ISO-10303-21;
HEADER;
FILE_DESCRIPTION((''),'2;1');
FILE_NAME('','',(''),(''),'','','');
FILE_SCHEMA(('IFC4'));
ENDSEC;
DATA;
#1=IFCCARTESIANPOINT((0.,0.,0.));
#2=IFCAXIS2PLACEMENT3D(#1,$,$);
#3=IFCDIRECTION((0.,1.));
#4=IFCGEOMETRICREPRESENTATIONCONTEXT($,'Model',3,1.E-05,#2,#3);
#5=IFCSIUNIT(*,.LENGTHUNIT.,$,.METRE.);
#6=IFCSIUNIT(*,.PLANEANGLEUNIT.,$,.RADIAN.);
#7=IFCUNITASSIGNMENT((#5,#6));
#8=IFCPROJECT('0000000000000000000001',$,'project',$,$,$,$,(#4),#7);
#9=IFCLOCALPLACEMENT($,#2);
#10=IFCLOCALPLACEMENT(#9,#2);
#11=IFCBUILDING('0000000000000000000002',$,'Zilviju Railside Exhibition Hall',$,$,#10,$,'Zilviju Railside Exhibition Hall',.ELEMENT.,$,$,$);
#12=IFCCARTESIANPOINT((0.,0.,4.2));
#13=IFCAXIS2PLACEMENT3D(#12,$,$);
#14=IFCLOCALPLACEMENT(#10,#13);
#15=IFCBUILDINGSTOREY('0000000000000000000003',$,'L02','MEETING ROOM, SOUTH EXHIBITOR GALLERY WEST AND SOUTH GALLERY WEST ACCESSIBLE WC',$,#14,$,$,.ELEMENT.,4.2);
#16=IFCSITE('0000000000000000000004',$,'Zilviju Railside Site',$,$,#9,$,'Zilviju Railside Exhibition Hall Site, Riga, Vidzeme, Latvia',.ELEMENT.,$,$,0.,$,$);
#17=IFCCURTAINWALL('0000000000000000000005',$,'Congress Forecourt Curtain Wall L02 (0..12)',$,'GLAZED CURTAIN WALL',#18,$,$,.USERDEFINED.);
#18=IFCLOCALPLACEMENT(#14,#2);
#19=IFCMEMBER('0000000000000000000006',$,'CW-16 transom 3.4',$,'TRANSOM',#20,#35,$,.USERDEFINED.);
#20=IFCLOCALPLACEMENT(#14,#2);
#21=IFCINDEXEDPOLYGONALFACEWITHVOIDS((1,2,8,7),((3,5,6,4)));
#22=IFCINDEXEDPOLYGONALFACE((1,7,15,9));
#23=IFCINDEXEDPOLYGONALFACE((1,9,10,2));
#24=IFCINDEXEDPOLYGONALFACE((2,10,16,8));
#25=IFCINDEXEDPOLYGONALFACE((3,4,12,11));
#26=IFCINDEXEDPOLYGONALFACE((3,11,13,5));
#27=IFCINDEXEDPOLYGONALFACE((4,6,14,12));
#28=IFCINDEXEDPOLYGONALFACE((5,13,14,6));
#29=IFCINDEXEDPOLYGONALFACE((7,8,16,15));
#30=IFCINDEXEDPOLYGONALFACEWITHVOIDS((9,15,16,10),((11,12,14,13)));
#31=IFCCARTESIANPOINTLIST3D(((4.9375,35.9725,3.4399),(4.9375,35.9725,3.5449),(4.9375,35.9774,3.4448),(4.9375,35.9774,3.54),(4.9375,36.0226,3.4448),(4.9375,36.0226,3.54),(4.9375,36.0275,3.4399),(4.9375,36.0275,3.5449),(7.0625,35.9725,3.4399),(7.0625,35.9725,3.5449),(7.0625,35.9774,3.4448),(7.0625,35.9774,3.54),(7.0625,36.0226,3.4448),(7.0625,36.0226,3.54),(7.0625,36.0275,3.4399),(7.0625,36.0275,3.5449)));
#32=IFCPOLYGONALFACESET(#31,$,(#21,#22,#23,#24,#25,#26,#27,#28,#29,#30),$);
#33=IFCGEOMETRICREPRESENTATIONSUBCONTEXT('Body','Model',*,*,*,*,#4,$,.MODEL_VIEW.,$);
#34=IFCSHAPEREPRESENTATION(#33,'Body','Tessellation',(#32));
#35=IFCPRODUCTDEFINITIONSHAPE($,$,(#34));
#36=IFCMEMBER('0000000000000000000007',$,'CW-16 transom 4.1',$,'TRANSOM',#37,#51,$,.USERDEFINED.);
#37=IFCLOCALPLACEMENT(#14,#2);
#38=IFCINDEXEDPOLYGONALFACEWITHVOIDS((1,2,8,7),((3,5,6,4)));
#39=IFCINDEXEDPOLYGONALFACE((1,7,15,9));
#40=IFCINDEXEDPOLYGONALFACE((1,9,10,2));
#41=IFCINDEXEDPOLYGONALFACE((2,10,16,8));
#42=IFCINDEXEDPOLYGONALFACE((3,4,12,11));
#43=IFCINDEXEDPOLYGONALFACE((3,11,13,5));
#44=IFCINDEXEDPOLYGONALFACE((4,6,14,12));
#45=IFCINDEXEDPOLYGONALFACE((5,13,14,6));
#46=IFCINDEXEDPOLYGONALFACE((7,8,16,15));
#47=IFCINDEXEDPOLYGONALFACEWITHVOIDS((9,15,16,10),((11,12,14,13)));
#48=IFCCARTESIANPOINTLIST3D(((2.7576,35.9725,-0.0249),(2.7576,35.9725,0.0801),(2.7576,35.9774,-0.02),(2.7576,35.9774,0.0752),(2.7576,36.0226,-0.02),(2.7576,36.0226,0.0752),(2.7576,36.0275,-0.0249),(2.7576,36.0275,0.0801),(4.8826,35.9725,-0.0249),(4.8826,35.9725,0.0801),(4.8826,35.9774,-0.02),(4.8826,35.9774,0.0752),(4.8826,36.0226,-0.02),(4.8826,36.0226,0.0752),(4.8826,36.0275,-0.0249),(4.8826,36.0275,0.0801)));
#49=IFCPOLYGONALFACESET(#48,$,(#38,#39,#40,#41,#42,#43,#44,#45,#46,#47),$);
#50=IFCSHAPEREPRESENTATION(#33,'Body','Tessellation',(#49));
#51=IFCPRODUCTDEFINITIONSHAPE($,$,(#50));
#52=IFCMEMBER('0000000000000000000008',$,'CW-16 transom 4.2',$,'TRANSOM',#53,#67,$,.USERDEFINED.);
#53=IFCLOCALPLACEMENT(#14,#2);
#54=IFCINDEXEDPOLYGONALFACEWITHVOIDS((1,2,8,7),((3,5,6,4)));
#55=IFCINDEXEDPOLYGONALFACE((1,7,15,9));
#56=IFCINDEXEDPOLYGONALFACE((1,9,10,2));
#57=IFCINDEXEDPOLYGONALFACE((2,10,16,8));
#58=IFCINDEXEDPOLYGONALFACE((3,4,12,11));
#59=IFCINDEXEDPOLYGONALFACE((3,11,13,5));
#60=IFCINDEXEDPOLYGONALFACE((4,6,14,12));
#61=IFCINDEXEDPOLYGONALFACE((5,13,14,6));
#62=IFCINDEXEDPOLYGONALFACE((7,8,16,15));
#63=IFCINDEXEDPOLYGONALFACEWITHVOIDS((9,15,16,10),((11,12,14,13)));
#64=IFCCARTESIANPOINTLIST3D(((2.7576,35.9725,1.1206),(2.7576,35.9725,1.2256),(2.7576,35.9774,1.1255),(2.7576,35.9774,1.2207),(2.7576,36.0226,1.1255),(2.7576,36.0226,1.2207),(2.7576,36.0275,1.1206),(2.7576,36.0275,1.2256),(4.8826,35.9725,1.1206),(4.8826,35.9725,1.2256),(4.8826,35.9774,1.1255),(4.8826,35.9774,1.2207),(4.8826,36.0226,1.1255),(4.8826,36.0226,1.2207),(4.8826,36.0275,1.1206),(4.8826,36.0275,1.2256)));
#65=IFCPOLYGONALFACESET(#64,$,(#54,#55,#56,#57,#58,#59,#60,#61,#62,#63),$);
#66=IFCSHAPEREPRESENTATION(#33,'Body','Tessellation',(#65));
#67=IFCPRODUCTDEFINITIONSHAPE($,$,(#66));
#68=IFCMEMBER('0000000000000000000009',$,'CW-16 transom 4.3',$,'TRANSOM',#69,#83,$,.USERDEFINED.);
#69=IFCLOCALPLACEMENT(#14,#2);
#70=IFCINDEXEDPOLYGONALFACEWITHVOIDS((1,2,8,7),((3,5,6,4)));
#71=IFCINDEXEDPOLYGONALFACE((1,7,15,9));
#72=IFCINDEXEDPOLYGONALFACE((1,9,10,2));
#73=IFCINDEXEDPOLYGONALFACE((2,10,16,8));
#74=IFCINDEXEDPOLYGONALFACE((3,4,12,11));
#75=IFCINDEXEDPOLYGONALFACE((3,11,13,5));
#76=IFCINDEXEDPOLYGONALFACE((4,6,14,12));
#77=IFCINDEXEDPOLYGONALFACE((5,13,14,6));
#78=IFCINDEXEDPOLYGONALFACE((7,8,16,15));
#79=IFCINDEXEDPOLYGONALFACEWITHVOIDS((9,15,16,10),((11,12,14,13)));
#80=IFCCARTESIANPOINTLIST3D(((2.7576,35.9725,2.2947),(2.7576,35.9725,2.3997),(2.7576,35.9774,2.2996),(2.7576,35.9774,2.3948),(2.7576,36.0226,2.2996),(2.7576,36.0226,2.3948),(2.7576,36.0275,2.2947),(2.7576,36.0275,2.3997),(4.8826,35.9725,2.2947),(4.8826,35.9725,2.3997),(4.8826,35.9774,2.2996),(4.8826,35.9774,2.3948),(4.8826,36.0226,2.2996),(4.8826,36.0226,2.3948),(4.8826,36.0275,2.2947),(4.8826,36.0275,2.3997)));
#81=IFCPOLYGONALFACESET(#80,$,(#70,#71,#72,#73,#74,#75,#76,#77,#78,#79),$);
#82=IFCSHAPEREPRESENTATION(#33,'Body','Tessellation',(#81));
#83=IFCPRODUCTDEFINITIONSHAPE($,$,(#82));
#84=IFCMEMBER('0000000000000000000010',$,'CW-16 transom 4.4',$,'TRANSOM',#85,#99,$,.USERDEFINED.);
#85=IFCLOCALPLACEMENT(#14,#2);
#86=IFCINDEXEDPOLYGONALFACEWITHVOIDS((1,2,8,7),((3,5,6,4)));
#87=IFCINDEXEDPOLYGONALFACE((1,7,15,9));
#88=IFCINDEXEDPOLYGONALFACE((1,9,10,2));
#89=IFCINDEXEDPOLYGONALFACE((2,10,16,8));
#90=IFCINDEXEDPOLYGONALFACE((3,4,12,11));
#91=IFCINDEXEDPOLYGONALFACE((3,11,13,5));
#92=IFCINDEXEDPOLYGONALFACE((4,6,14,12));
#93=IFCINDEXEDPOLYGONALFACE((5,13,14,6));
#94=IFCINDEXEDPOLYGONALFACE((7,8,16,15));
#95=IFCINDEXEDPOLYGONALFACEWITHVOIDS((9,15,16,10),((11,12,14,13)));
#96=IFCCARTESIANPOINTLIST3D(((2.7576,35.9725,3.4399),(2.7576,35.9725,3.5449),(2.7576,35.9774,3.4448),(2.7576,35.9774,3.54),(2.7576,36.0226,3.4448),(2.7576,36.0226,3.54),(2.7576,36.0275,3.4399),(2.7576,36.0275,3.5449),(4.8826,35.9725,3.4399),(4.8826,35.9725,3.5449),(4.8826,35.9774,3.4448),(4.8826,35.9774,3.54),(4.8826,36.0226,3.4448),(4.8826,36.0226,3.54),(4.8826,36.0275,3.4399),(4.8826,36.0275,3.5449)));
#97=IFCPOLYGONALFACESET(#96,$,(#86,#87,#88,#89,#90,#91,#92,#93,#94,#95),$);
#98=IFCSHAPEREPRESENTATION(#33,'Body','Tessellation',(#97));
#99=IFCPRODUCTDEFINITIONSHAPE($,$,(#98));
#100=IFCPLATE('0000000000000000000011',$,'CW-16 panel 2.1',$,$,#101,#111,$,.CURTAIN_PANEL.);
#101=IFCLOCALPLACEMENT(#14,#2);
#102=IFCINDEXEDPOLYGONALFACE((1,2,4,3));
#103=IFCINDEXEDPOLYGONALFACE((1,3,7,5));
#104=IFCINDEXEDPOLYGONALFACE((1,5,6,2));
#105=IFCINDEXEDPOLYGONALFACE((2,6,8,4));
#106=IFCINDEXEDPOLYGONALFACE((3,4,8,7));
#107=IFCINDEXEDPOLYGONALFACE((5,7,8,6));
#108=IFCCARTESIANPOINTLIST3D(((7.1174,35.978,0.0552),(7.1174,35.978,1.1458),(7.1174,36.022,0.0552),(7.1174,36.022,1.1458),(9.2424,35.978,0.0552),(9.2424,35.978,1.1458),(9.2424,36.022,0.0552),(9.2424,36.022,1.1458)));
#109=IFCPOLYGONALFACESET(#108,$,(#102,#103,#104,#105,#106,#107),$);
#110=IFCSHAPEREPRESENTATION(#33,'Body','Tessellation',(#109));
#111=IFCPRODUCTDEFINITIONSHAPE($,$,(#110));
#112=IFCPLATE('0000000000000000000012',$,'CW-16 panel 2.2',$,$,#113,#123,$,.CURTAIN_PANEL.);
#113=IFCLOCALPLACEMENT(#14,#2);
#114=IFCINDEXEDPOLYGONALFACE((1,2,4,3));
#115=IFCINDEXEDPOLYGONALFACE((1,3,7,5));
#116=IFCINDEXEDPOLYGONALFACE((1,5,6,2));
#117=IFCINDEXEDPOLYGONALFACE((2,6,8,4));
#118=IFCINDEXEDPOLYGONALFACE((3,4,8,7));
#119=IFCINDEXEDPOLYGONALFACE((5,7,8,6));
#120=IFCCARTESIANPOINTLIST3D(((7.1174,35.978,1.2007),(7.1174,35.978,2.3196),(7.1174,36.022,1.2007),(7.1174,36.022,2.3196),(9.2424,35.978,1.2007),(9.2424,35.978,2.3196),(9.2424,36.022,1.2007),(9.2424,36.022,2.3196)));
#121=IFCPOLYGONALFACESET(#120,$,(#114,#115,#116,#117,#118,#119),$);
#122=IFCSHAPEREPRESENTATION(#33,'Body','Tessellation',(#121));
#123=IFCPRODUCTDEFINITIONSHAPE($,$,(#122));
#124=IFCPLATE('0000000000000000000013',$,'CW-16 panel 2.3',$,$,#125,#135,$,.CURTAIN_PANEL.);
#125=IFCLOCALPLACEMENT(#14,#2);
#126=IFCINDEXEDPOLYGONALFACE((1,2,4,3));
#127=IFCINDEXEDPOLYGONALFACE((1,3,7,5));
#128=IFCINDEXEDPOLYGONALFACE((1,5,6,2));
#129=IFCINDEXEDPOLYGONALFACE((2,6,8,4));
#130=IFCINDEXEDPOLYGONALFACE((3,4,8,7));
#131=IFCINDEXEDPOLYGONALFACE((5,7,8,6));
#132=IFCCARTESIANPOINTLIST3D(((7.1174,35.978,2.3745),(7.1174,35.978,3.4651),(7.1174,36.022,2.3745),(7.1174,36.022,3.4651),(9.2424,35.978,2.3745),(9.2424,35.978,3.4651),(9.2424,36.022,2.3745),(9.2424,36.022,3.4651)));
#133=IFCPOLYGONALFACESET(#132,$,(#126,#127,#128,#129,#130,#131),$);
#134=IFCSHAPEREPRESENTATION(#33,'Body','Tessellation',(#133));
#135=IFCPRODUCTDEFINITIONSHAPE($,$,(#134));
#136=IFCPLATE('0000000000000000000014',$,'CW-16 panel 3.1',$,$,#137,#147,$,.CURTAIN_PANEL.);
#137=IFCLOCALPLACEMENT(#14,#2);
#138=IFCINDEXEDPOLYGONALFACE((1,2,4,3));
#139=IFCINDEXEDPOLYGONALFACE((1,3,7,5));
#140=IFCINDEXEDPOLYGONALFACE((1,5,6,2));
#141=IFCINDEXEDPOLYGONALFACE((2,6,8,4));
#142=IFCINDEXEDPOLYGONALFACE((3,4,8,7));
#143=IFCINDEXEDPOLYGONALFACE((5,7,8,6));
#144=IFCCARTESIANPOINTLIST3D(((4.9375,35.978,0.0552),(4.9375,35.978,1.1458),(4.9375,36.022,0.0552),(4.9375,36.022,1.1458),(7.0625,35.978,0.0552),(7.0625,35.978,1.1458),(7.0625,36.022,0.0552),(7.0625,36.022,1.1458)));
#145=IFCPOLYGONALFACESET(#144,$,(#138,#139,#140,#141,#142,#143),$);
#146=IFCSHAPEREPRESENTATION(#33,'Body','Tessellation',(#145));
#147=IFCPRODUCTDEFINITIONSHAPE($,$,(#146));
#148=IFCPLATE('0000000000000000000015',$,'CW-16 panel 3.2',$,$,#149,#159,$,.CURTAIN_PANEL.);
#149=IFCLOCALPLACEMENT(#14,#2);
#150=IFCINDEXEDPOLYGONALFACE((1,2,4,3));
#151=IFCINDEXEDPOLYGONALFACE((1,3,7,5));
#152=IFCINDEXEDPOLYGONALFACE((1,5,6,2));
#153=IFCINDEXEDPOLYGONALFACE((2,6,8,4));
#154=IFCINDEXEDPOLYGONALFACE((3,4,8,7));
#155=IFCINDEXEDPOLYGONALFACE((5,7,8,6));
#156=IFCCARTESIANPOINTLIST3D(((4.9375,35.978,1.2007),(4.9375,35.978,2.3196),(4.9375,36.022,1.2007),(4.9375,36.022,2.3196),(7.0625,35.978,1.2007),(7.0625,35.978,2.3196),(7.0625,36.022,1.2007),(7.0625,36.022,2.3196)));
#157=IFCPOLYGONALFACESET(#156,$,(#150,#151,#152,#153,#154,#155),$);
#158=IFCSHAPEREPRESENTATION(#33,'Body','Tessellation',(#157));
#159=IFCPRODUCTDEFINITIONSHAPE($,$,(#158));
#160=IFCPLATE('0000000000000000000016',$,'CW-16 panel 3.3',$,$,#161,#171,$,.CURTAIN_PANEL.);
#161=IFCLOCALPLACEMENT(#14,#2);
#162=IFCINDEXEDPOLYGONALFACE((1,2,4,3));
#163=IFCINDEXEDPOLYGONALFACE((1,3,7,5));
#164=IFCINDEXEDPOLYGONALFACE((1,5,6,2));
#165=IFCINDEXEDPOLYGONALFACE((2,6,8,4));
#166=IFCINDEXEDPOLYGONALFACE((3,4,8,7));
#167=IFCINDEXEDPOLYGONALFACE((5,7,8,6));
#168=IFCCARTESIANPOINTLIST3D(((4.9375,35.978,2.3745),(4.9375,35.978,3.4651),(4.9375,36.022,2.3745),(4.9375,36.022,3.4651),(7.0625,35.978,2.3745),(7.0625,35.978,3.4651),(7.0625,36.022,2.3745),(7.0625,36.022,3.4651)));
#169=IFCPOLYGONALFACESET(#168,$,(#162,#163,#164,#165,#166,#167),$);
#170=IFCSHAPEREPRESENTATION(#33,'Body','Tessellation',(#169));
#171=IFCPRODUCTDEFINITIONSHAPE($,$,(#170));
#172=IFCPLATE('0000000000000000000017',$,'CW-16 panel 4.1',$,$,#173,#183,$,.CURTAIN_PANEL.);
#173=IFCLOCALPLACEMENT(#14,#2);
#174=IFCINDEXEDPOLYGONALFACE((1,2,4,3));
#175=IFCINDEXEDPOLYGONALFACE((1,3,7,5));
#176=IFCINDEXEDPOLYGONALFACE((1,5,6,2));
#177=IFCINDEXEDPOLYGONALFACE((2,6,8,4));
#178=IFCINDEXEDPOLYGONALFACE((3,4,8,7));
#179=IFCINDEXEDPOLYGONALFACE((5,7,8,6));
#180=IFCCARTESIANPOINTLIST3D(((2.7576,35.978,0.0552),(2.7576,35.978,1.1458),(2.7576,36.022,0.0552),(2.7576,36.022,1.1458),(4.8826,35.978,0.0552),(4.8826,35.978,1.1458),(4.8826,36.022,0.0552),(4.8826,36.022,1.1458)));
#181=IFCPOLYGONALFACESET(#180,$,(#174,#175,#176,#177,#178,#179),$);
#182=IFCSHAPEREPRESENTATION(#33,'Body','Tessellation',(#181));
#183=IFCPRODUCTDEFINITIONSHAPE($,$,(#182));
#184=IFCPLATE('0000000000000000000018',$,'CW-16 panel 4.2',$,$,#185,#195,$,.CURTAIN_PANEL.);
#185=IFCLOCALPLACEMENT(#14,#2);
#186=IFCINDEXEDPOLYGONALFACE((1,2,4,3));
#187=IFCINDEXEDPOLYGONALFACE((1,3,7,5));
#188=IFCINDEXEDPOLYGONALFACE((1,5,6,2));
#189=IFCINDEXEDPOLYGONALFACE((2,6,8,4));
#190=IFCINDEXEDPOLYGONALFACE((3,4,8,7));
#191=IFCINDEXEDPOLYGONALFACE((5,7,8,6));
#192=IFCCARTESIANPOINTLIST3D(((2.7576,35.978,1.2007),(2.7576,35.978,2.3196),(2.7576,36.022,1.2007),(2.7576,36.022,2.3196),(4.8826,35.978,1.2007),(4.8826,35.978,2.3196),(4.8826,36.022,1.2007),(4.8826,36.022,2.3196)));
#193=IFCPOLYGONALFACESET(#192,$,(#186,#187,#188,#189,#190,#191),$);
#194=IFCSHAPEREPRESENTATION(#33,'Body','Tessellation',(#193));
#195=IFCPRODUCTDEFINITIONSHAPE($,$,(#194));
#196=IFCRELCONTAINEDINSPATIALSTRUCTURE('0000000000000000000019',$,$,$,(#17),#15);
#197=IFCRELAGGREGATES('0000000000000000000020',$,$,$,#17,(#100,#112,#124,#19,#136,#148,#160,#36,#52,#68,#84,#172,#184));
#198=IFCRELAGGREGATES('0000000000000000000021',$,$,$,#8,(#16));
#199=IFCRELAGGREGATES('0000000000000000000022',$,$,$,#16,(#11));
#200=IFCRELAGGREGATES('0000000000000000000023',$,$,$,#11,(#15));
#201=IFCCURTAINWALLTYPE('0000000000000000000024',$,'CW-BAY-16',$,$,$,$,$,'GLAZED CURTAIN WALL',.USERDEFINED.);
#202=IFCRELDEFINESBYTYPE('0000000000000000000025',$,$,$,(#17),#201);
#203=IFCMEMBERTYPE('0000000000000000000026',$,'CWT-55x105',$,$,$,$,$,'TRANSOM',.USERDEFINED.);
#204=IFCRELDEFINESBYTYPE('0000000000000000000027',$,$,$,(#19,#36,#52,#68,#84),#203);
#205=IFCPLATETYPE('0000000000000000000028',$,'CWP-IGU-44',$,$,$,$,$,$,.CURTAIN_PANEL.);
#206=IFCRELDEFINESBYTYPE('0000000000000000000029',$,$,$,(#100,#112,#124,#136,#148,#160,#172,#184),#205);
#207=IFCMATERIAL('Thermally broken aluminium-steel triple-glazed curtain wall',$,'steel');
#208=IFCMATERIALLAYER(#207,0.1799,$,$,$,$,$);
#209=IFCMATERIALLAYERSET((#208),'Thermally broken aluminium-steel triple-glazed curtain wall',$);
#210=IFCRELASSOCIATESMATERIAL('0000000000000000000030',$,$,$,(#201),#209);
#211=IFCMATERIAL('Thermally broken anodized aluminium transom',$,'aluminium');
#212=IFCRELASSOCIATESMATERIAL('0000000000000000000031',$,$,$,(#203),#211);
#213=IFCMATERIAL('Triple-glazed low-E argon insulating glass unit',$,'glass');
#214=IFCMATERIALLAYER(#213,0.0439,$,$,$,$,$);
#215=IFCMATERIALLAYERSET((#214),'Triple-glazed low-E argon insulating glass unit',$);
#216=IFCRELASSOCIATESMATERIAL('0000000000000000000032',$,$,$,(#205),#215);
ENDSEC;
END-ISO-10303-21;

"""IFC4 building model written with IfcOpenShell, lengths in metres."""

from ifc_helpers import new_model, si_unit, direction, frame, origin, origin_2d, place, context, subcontext, project, spatial, rectangle, hollow_rectangle, extrude, material, layer, layer_set, material_profile, profile_set, type_object, element, aggregate, save


model = new_model("IFC4")

# Units and contexts
model_context = context("Model", 3, precision=1e-05, world=origin(), true_north=direction((0.0, 1.0)))
body_context = subcontext(model_context, "Body", "Model", "MODEL_VIEW")
ifc_project = project(units=[si_unit("LENGTHUNIT", "METRE"), si_unit("PLANEANGLEUNIT", "RADIAN")], contexts=[model_context])

# Site, building, storey
site_placement = place(None, origin())
site = spatial("IfcSite", under=ifc_project, at=site_placement, Name="Zilviju Railside Site", LongName="Zilviju Railside Exhibition Hall Site, Riga, Vidzeme, Latvia", CompositionType="ELEMENT", RefElevation=0.0)
building_placement = place(site_placement, origin())
building = spatial("IfcBuilding", under=site, at=building_placement, Name="Zilviju Railside Exhibition Hall", LongName="Zilviju Railside Exhibition Hall", CompositionType="ELEMENT")
storey_placement = place(building_placement, frame((0.0, 0.0, 4.2)))
storey = spatial("IfcBuildingStorey", under=building, at=storey_placement, Name="L02", Description="MEETING ROOM, SOUTH EXHIBITOR GALLERY WEST AND SOUTH GALLERY WEST ACCESSIBLE WC", CompositionType="ELEMENT", Elevation=4.2)

# Curtain wall, members, plates
ifc_material_1 = material(Name="Thermally broken aluminium-steel triple-glazed curtain wall", Category="steel")
ifc_layer_1 = layer(ifc_material_1, 0.1799)
ifc_layer_set_1 = layer_set([ifc_layer_1], Name="Thermally broken aluminium-steel triple-glazed curtain wall")
curtain_wall_type = type_object("IfcCurtainWallType", Name="CW-BAY-16", ElementType="GLAZED CURTAIN WALL", PredefinedType="USERDEFINED", material=ifc_layer_set_1)
curtain_wall_placement = place(storey_placement, origin())
curtain_wall = element("IfcCurtainWall", 1, at=curtain_wall_placement, inside=storey, type_object=curtain_wall_type, Name="Congress Forecourt Curtain Wall L02 (0..12)", ObjectType="GLAZED CURTAIN WALL", PredefinedType="USERDEFINED")
ifc_material_2 = material(Name="Thermally broken anodized aluminium transom", Category="aluminium")
ifc_material_profile_1 = material_profile(ifc_material_2, hollow_rectangle(XDim=0.0549, YDim=0.105, WallThickness=0.0049, at=origin_2d()), Name="TRANSOM 105x55x5")
ifc_profile_set_1 = profile_set([ifc_material_profile_1], Name="Thermally broken anodized aluminium transom")
member_type_1 = type_object("IfcMemberType", Name="CWT-55x105", ElementType="TRANSOM", PredefinedType="USERDEFINED", material=ifc_profile_set_1)
member_1_placement = place(storey_placement, frame((7.0625, 36.0, 3.4924), z_axis=(-1.0, 0.0, 0.0), x_axis=(0.0, -1.0, 0.0)))
member_1 = element("IfcMember", 2, at=member_1_placement, type_object=member_type_1, Name="CW-16 transom 3.4", ObjectType="TRANSOM", PredefinedType="USERDEFINED", context=body_context, shape_type="SweptSolid", body=[
    extrude(hollow_rectangle(XDim=0.0549, YDim=0.105, WallThickness=0.0049, at=origin_2d()), origin(), (0.0, 0.0, 1.0), 2.125),
])
member_2_placement = place(storey_placement, frame((4.8826, 36.0, 0.0276), z_axis=(-1.0, 0.0, 0.0), x_axis=(0.0, -1.0, 0.0)))
member_2 = element("IfcMember", 3, at=member_2_placement, type_object=member_type_1, Name="CW-16 transom 4.1", ObjectType="TRANSOM", PredefinedType="USERDEFINED", context=body_context, shape_type="SweptSolid", body=[
    extrude(hollow_rectangle(XDim=0.0549, YDim=0.105, WallThickness=0.0049, at=origin_2d()), origin(), (0.0, 0.0, 1.0), 2.125),
])
member_3_placement = place(storey_placement, frame((4.8826, 36.0, 1.1731), z_axis=(-1.0, 0.0, 0.0), x_axis=(0.0, -1.0, 0.0)))
member_3 = element("IfcMember", 4, at=member_3_placement, type_object=member_type_1, Name="CW-16 transom 4.2", ObjectType="TRANSOM", PredefinedType="USERDEFINED", context=body_context, shape_type="SweptSolid", body=[
    extrude(hollow_rectangle(XDim=0.0549, YDim=0.105, WallThickness=0.0049, at=origin_2d()), origin(), (0.0, 0.0, 1.0), 2.125),
])
member_4_placement = place(storey_placement, frame((4.8826, 36.0, 2.3472), z_axis=(-1.0, 0.0, 0.0), x_axis=(0.0, -1.0, 0.0)))
member_4 = element("IfcMember", 5, at=member_4_placement, type_object=member_type_1, Name="CW-16 transom 4.3", ObjectType="TRANSOM", PredefinedType="USERDEFINED", context=body_context, shape_type="SweptSolid", body=[
    extrude(hollow_rectangle(XDim=0.0549, YDim=0.105, WallThickness=0.0049, at=origin_2d()), origin(), (0.0, 0.0, 1.0), 2.125),
])
member_5_placement = place(storey_placement, frame((4.8826, 36.0, 3.4924), z_axis=(-1.0, 0.0, 0.0), x_axis=(0.0, -1.0, 0.0)))
member_5 = element("IfcMember", 6, at=member_5_placement, type_object=member_type_1, Name="CW-16 transom 4.4", ObjectType="TRANSOM", PredefinedType="USERDEFINED", context=body_context, shape_type="SweptSolid", body=[
    extrude(hollow_rectangle(XDim=0.0549, YDim=0.105, WallThickness=0.0049, at=origin_2d()), origin(), (0.0, 0.0, 1.0), 2.125),
])
ifc_material_3 = material(Name="Triple-glazed low-E argon insulating glass unit", Category="glass")
ifc_layer_2 = layer(ifc_material_3, 0.0439)
ifc_layer_set_2 = layer_set([ifc_layer_2], Name="Triple-glazed low-E argon insulating glass unit")
plate_type = type_object("IfcPlateType", Name="CWP-IGU-44", PredefinedType="CURTAIN_PANEL", material=ifc_layer_set_2)
plate_1_placement = place(storey_placement, frame((8.1799, 36.0, 0.0552), z_axis=(0.0, 0.0, 1.0), x_axis=(-1.0, 0.0, 0.0)))
plate_1 = element("IfcPlate", 7, at=plate_1_placement, type_object=plate_type, Name="CW-16 panel 2.1", PredefinedType="CURTAIN_PANEL", context=body_context, shape_type="SweptSolid", body=[
    extrude(rectangle(XDim=2.125, YDim=0.0439, at=origin_2d()), origin(), (0.0, 0.0, 1.0), 1.0906),
])
plate_2_placement = place(storey_placement, frame((8.1799, 36.0, 1.2007), z_axis=(0.0, 0.0, 1.0), x_axis=(-1.0, 0.0, 0.0)))
plate_2 = element("IfcPlate", 8, at=plate_2_placement, type_object=plate_type, Name="CW-16 panel 2.2", PredefinedType="CURTAIN_PANEL", context=body_context, shape_type="SweptSolid", body=[
    extrude(rectangle(XDim=2.125, YDim=0.0439, at=origin_2d()), origin(), (0.0, 0.0, 1.0), 1.1189),
])
plate_3_placement = place(storey_placement, frame((8.1799, 36.0, 2.3745), z_axis=(0.0, 0.0, 1.0), x_axis=(-1.0, 0.0, 0.0)))
plate_3 = element("IfcPlate", 9, at=plate_3_placement, type_object=plate_type, Name="CW-16 panel 2.3", PredefinedType="CURTAIN_PANEL", context=body_context, shape_type="SweptSolid", body=[
    extrude(rectangle(XDim=2.125, YDim=0.0439, at=origin_2d()), origin(), (0.0, 0.0, 1.0), 1.0906),
])
plate_4_placement = place(storey_placement, frame((6.0, 36.0, 0.0552), z_axis=(0.0, 0.0, 1.0), x_axis=(-1.0, 0.0, 0.0)))
plate_4 = element("IfcPlate", 10, at=plate_4_placement, type_object=plate_type, Name="CW-16 panel 3.1", PredefinedType="CURTAIN_PANEL", context=body_context, shape_type="SweptSolid", body=[
    extrude(rectangle(XDim=2.125, YDim=0.0439, at=origin_2d()), origin(), (0.0, 0.0, 1.0), 1.0906),
])
plate_5_placement = place(storey_placement, frame((6.0, 36.0, 1.2007), z_axis=(0.0, 0.0, 1.0), x_axis=(-1.0, 0.0, 0.0)))
plate_5 = element("IfcPlate", 11, at=plate_5_placement, type_object=plate_type, Name="CW-16 panel 3.2", PredefinedType="CURTAIN_PANEL", context=body_context, shape_type="SweptSolid", body=[
    extrude(rectangle(XDim=2.125, YDim=0.0439, at=origin_2d()), origin(), (0.0, 0.0, 1.0), 1.1189),
])
plate_6_placement = place(storey_placement, frame((6.0, 36.0, 2.3745), z_axis=(0.0, 0.0, 1.0), x_axis=(-1.0, 0.0, 0.0)))
plate_6 = element("IfcPlate", 12, at=plate_6_placement, type_object=plate_type, Name="CW-16 panel 3.3", PredefinedType="CURTAIN_PANEL", context=body_context, shape_type="SweptSolid", body=[
    extrude(rectangle(XDim=2.125, YDim=0.0439, at=origin_2d()), origin(), (0.0, 0.0, 1.0), 1.0906),
])
plate_7_placement = place(storey_placement, frame((3.8201, 36.0, 0.0552), z_axis=(0.0, 0.0, 1.0), x_axis=(-1.0, 0.0, 0.0)))
plate_7 = element("IfcPlate", 13, at=plate_7_placement, type_object=plate_type, Name="CW-16 panel 4.1", PredefinedType="CURTAIN_PANEL", context=body_context, shape_type="SweptSolid", body=[
    extrude(rectangle(XDim=2.125, YDim=0.0439, at=origin_2d()), origin(), (0.0, 0.0, 1.0), 1.0906),
])
plate_8_placement = place(storey_placement, frame((3.8201, 36.0, 1.2007), z_axis=(0.0, 0.0, 1.0), x_axis=(-1.0, 0.0, 0.0)))
plate_8 = element("IfcPlate", 14, at=plate_8_placement, type_object=plate_type, Name="CW-16 panel 4.2", PredefinedType="CURTAIN_PANEL", context=body_context, shape_type="SweptSolid", body=[
    extrude(rectangle(XDim=2.125, YDim=0.0439, at=origin_2d()), origin(), (0.0, 0.0, 1.0), 1.1189),
])
aggregate(curtain_wall, [plate_1, plate_2, plate_3, member_1, plate_4, plate_5, plate_6, member_2, member_3, member_4, member_5, plate_7, plate_8])

save(model, "model.ifc")
